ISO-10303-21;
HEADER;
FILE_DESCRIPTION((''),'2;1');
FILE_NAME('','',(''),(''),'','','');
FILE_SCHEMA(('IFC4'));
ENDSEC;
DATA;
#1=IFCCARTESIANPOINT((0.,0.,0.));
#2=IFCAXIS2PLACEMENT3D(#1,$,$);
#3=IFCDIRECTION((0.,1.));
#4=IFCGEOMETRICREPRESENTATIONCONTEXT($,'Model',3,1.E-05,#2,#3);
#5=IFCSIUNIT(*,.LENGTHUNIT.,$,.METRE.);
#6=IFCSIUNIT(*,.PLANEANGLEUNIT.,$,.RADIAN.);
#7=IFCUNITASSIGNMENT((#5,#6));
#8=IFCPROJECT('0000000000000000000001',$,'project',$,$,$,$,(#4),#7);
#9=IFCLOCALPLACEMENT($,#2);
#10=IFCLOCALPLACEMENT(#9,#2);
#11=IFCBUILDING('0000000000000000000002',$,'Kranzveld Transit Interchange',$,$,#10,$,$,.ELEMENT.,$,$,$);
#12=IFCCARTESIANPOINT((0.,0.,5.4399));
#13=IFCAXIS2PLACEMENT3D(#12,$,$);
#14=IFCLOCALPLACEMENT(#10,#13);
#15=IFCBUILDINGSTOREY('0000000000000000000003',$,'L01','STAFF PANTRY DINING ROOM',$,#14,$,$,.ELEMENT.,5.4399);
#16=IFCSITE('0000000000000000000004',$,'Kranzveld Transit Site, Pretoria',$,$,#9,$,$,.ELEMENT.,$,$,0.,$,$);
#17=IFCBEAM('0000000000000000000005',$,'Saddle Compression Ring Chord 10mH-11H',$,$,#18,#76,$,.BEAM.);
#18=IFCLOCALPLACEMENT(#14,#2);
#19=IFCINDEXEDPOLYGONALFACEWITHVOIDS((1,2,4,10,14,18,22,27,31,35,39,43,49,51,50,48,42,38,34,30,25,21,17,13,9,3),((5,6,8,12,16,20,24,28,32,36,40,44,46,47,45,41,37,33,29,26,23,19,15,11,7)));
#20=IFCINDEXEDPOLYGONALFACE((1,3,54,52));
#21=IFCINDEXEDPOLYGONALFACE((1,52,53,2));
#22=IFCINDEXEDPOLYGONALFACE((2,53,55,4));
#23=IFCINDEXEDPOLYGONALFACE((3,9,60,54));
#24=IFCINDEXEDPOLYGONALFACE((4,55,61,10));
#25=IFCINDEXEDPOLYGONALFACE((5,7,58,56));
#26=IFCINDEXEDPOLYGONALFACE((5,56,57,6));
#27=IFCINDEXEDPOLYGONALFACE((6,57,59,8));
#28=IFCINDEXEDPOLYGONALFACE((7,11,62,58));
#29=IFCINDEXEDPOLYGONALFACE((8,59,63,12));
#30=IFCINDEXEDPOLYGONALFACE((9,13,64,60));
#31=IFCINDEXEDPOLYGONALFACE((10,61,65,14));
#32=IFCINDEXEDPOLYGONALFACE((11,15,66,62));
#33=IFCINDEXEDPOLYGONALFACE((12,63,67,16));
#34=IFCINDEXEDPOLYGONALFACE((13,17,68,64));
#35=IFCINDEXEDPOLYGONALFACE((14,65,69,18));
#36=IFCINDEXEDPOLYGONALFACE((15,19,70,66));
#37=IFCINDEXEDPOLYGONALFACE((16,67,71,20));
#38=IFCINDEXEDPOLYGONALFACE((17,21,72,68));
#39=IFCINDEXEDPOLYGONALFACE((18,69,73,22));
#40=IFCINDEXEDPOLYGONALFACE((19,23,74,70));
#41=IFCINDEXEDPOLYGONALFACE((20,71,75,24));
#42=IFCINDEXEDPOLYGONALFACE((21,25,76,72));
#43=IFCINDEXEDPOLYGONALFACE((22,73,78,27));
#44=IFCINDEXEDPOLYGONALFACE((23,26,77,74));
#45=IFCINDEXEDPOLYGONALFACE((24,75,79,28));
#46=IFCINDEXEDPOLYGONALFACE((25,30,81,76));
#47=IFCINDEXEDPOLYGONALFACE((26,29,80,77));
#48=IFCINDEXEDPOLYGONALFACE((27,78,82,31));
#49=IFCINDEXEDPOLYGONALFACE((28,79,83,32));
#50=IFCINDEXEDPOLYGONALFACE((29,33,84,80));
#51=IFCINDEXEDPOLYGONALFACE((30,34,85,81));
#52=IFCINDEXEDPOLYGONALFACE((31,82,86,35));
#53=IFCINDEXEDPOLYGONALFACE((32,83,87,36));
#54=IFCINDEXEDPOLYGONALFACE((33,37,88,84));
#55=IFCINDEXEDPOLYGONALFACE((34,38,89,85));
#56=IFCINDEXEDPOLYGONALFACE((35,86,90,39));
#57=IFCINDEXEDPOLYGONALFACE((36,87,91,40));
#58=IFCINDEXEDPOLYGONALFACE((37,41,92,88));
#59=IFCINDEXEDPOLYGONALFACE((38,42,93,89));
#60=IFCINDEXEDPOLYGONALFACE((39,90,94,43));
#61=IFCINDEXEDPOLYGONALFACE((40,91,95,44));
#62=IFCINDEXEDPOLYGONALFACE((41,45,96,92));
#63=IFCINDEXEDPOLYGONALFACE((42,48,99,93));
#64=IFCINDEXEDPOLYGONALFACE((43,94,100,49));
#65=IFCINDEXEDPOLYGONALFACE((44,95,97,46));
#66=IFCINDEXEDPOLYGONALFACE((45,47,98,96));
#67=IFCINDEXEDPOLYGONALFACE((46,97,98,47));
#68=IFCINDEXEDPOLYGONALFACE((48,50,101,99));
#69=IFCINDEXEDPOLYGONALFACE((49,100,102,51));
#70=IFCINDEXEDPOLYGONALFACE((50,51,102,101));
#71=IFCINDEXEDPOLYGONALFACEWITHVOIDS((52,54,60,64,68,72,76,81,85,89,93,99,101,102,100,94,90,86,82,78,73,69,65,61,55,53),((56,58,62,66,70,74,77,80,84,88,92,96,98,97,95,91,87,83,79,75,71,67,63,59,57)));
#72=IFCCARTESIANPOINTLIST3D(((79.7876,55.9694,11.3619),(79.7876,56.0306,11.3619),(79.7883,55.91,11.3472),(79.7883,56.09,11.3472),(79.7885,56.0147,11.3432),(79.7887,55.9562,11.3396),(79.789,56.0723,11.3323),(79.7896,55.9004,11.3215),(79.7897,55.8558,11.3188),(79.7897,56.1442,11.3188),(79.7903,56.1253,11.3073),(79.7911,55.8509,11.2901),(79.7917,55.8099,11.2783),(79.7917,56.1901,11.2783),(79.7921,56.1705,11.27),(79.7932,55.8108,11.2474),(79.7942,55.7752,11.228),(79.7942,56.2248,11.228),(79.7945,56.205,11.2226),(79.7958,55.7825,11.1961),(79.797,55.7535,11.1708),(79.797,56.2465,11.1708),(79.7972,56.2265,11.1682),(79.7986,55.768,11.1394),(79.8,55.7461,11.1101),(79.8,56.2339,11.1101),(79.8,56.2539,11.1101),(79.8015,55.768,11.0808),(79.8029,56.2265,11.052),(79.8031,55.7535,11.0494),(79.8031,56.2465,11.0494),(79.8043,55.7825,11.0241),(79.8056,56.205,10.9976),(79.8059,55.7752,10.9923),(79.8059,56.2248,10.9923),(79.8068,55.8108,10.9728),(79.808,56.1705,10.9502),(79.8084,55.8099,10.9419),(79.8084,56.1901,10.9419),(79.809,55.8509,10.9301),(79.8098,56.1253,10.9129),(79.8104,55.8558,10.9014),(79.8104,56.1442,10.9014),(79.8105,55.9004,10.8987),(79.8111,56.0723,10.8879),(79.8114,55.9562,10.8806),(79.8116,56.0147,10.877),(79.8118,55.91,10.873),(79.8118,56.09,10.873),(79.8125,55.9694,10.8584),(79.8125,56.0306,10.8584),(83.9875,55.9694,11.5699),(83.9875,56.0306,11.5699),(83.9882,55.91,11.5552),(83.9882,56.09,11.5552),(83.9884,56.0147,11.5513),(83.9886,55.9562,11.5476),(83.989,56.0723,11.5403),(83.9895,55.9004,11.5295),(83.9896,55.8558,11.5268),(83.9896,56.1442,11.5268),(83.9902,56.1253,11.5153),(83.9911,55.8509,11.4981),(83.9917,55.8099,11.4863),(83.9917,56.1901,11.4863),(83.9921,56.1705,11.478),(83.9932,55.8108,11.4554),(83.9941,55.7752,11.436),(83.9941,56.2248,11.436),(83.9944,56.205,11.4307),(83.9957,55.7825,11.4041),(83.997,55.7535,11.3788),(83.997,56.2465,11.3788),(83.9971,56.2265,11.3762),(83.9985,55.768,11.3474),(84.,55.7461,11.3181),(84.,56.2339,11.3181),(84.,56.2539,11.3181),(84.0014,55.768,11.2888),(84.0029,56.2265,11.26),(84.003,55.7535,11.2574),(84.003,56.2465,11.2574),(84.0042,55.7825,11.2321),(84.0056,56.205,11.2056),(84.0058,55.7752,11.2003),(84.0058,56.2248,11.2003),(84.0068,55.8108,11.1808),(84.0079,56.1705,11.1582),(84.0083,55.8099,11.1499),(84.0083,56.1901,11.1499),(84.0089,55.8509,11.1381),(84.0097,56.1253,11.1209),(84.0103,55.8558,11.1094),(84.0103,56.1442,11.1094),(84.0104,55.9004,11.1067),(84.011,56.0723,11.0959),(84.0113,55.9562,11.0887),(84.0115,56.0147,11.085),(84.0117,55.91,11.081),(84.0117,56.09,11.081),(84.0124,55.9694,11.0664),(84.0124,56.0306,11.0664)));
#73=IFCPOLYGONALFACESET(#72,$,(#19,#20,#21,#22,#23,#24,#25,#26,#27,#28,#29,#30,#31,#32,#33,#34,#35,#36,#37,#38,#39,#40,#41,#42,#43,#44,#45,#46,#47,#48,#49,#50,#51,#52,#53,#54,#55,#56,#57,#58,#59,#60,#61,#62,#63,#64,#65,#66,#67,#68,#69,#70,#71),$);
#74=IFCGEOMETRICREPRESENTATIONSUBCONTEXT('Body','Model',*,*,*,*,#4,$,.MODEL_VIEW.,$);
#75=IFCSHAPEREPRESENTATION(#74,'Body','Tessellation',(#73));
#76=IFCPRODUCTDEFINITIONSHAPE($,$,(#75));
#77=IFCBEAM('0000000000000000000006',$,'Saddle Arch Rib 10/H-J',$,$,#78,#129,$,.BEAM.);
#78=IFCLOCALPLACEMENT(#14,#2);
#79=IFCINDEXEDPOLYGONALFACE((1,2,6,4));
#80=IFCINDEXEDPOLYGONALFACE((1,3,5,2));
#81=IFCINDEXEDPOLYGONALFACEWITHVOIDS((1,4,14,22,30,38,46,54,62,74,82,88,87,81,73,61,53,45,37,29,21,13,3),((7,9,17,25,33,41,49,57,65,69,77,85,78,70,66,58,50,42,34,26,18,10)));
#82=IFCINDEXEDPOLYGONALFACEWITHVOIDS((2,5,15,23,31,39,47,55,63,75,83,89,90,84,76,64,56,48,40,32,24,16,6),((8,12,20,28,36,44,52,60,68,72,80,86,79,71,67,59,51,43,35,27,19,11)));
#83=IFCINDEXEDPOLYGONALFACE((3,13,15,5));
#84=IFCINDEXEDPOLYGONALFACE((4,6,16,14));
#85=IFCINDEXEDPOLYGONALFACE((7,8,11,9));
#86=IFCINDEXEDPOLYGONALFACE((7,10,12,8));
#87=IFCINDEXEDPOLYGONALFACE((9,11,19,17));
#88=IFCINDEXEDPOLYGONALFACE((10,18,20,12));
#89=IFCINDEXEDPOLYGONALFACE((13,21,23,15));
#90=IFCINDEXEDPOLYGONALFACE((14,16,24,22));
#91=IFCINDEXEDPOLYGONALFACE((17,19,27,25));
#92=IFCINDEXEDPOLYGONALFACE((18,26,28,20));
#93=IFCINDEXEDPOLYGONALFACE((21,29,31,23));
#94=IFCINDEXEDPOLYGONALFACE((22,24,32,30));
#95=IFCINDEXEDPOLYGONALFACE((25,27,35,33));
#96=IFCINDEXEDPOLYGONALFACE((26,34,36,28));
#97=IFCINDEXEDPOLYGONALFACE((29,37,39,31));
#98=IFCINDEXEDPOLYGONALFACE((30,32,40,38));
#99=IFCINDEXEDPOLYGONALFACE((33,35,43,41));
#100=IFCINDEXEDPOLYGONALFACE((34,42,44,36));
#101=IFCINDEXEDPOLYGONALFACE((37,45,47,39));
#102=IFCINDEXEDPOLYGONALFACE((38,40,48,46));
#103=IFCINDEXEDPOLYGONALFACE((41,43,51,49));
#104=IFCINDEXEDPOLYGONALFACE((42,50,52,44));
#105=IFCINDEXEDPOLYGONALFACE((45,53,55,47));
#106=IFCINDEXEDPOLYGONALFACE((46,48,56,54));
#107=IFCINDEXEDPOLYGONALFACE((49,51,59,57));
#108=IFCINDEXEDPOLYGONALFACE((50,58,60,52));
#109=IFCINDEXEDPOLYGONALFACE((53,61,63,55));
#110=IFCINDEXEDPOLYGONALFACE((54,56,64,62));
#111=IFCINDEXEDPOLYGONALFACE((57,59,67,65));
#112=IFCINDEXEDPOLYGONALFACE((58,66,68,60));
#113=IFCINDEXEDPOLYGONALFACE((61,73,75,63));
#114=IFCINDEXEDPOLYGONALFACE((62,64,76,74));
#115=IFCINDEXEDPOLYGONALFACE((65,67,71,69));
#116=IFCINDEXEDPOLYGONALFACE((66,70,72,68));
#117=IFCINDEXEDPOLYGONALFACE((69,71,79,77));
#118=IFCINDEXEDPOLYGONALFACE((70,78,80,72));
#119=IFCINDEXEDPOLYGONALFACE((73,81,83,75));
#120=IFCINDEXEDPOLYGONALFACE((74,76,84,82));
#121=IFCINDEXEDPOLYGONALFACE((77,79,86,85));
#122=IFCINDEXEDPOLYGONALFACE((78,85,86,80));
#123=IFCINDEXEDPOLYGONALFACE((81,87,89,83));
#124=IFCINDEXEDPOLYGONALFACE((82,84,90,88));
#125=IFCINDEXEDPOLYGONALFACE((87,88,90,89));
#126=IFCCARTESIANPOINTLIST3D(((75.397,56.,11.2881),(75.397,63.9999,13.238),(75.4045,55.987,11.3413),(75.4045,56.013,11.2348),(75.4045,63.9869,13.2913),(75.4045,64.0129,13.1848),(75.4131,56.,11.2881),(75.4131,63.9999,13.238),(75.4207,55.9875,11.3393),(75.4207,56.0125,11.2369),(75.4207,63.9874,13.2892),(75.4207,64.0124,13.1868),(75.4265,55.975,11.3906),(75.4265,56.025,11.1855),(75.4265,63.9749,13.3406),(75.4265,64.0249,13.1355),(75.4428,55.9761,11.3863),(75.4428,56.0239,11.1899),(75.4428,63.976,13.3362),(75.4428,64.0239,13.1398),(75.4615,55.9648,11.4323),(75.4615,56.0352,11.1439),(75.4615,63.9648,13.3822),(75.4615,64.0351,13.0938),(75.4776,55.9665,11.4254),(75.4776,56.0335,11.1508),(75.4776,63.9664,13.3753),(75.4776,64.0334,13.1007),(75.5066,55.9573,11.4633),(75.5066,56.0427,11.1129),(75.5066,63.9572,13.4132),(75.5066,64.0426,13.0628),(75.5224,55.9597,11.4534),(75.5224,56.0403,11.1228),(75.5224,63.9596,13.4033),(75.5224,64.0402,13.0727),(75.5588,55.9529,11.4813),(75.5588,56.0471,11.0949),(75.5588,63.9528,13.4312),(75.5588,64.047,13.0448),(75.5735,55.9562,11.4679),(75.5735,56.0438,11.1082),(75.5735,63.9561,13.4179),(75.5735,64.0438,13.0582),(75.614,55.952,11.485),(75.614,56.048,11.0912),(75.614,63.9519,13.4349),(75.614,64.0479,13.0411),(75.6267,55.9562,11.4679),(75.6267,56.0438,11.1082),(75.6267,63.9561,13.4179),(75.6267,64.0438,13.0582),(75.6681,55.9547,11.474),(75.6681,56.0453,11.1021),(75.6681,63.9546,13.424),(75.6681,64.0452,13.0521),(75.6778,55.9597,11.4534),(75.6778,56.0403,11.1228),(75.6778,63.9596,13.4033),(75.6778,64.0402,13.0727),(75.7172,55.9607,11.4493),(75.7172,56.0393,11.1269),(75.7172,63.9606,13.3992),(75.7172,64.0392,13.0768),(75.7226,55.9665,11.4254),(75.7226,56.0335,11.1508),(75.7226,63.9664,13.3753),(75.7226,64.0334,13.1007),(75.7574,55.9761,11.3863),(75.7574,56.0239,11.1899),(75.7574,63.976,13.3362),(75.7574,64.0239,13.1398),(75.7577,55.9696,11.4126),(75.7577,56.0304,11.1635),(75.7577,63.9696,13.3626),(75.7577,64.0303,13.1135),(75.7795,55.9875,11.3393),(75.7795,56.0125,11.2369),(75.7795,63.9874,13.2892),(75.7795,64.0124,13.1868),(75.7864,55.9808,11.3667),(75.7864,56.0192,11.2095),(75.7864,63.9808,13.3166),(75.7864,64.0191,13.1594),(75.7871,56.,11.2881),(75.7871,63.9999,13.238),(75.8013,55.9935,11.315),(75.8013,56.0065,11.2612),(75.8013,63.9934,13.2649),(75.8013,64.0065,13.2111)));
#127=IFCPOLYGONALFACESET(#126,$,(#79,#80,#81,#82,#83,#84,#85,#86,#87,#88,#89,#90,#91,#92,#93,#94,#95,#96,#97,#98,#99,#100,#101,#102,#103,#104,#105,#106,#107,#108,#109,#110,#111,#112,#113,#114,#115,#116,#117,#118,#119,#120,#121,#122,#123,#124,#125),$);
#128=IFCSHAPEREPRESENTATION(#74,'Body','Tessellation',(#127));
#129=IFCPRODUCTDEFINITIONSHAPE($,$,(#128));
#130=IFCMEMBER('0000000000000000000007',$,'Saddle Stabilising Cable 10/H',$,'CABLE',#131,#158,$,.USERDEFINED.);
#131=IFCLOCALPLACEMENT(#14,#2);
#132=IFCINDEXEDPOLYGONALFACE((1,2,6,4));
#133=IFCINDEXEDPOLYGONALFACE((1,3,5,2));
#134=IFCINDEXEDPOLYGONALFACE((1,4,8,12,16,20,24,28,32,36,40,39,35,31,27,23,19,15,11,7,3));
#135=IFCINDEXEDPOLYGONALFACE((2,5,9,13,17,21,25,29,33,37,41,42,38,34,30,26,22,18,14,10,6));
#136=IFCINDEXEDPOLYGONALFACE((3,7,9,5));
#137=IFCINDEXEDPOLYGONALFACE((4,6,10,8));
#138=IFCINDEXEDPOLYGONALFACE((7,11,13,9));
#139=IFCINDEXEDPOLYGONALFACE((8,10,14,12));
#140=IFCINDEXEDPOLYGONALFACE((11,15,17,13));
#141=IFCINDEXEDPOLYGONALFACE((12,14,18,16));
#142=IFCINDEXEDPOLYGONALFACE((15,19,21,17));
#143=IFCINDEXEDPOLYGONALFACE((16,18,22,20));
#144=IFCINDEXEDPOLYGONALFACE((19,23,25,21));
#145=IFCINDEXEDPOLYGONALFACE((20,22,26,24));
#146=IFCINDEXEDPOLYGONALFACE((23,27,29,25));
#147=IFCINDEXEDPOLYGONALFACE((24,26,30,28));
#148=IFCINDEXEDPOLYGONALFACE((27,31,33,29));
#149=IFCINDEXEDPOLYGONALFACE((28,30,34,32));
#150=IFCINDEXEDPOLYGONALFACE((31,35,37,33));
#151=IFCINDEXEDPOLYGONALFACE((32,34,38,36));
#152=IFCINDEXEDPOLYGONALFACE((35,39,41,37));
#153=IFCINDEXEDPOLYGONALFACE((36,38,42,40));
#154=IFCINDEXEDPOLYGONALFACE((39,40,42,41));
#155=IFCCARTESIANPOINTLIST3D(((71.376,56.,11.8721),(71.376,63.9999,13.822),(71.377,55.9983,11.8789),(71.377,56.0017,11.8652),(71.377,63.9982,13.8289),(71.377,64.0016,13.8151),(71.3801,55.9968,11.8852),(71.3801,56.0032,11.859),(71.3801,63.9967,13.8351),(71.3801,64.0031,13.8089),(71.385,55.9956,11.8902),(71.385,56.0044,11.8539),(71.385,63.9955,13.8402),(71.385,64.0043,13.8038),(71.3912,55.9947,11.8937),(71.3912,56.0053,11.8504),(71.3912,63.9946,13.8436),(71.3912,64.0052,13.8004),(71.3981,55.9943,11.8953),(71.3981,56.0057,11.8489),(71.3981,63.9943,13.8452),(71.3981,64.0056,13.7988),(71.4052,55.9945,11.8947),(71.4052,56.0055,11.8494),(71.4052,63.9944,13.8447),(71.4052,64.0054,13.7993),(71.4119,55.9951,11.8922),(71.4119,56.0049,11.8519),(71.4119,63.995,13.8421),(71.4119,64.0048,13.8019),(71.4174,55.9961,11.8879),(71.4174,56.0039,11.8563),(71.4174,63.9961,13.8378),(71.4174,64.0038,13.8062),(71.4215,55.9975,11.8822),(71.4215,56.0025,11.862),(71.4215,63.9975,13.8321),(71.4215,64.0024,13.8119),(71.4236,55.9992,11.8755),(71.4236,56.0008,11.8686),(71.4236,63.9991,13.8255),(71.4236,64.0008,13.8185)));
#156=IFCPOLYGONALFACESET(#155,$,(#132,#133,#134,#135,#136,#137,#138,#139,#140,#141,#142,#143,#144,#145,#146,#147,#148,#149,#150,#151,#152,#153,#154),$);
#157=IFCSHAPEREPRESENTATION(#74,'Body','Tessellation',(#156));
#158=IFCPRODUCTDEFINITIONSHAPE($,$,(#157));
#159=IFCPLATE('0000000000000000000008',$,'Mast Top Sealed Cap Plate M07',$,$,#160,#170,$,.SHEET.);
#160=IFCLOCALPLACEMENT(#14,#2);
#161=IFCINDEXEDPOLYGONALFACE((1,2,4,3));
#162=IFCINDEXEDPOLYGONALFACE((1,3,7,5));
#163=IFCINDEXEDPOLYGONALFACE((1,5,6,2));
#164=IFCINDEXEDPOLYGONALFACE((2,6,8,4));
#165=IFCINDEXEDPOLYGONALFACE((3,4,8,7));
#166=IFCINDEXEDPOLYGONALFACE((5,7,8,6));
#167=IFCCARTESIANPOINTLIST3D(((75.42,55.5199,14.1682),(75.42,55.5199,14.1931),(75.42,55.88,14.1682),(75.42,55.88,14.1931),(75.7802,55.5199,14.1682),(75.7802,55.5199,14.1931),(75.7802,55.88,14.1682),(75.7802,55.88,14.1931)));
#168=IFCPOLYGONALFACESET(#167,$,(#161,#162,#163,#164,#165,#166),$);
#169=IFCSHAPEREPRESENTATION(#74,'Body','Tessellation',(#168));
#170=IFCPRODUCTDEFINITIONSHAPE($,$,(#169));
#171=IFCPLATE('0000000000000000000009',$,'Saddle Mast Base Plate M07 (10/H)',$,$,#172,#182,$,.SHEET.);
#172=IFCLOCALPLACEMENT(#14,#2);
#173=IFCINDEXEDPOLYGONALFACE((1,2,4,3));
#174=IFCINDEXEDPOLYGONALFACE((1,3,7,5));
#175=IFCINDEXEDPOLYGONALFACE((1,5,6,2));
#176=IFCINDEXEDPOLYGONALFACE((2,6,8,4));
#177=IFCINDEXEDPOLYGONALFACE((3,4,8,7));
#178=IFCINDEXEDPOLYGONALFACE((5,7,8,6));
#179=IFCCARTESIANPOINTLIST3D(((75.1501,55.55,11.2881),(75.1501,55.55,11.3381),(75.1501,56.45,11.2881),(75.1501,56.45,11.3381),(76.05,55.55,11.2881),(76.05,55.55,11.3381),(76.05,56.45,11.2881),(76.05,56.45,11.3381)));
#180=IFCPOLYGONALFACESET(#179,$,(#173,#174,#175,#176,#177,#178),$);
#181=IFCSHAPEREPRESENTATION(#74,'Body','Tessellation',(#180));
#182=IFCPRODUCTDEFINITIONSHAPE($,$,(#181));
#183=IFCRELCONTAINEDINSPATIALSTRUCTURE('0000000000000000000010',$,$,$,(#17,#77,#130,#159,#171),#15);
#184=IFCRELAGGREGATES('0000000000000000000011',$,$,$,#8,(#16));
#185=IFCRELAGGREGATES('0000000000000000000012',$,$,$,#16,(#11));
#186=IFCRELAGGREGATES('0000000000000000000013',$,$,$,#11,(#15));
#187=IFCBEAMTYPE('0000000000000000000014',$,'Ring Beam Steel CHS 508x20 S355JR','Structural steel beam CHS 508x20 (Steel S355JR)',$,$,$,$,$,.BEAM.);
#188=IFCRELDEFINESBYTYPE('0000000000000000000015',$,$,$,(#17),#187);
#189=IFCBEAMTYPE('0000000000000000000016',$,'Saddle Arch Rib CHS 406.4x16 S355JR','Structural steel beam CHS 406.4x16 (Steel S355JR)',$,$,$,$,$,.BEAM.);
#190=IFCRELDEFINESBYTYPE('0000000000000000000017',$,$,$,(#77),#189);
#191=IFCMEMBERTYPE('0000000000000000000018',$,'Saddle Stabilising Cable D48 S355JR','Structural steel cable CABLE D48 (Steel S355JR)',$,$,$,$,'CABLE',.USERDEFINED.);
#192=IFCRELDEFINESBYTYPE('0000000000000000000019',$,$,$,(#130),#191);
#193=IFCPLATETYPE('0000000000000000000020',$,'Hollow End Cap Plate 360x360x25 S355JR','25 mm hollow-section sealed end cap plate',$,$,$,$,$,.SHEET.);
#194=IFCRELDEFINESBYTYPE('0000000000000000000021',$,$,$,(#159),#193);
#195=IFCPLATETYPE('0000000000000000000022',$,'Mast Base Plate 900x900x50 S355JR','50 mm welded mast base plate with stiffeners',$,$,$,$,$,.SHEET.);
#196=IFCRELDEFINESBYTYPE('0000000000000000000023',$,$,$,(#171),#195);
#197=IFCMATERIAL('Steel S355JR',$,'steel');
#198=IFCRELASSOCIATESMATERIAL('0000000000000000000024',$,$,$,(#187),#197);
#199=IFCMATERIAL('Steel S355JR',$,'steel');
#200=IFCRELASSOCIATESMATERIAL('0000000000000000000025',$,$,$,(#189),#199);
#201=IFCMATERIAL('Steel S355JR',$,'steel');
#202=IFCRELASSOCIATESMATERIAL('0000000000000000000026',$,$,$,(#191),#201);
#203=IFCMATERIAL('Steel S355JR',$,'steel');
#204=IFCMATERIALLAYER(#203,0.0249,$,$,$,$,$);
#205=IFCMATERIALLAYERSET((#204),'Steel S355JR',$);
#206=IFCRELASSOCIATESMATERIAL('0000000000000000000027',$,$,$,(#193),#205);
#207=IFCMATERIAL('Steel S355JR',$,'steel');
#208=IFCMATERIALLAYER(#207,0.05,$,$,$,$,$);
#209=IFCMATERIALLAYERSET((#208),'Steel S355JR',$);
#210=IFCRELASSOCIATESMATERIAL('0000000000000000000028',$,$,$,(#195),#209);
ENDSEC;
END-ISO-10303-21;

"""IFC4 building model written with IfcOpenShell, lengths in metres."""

from ifc_helpers import new_model, si_unit, direction, frame, origin, origin_2d, place, context, subcontext, project, spatial, rectangle, circle, hollow_circle, extrude, material, layer, layer_set, material_profile, profile_set, type_object, element, save


model = new_model("IFC4")

# Units and contexts
model_context = context("Model", 3, precision=1e-05, world=origin(), true_north=direction((0.0, 1.0)))
body_context = subcontext(model_context, "Body", "Model", "MODEL_VIEW")
ifc_project = project(units=[si_unit("LENGTHUNIT", "METRE"), si_unit("PLANEANGLEUNIT", "RADIAN")], contexts=[model_context])

# Site, building, storey
site_placement = place(None, origin())
site = spatial("IfcSite", under=ifc_project, at=site_placement, Name="Kranzveld Transit Site, Pretoria", CompositionType="ELEMENT", RefElevation=0.0)
building_placement = place(site_placement, origin())
building = spatial("IfcBuilding", under=site, at=building_placement, Name="Kranzveld Transit Interchange", CompositionType="ELEMENT")
storey_placement = place(building_placement, frame((0.0, 0.0, 5.4399)))
storey = spatial("IfcBuildingStorey", under=building, at=storey_placement, Name="L01", Description="STAFF PANTRY DINING ROOM", CompositionType="ELEMENT", Elevation=5.4399)

# Beams
ifc_material_1 = material(Name="Steel S355JR", Category="steel")
ifc_material_profile_1 = material_profile(ifc_material_1, hollow_circle(Radius=0.2539, WallThickness=0.02, at=origin_2d()), Name="CHS 508x20")
ifc_profile_set_1 = profile_set([ifc_material_profile_1], Name="Steel S355JR")
beam_type_1 = type_object("IfcBeamType", Name="Ring Beam Steel CHS 508x20 S355JR", Description="Structural steel beam CHS 508x20 (Steel S355JR)", PredefinedType="BEAM", material=ifc_profile_set_1)
for number, where, z_axis, x_axis, name in (
    (1, (79.8, 56.0, 11.1101), (0.998776, 0.0, 0.049466), (0.0, 1.0, 0.0), "Saddle Compression Ring Chord 10mH-11H"),
):
    element("IfcBeam", number, at=place(storey_placement, frame(where, z_axis=z_axis, x_axis=x_axis)), inside=storey, type_object=beam_type_1, Name=name, PredefinedType="BEAM", context=body_context, shape_type="SweptSolid", body=[
        extrude(hollow_circle(Radius=0.2539, WallThickness=0.02, at=origin_2d()), origin(), (0.0, 0.0, 1.0), 4.2051),
    ])
ifc_material_2 = material(Name="Steel S355JR", Category="steel")
ifc_material_profile_2 = material_profile(ifc_material_2, hollow_circle(Radius=0.2031, WallThickness=0.0161, at=origin_2d()), Name="CHS 406.4x16")
ifc_profile_set_2 = profile_set([ifc_material_profile_2], Name="Steel S355JR")
beam_type_2 = type_object("IfcBeamType", Name="Saddle Arch Rib CHS 406.4x16 S355JR", Description="Structural steel beam CHS 406.4x16 (Steel S355JR)", PredefinedType="BEAM", material=ifc_profile_set_2)
beam_1_placement = place(storey_placement, frame((75.6001, 56.0, 11.2881), z_axis=(0.0, 0.971556, 0.236811), x_axis=(-1.0, 0.0, 0.0)))
element("IfcBeam", 2, at=beam_1_placement, inside=storey, type_object=beam_type_2, Name="Saddle Arch Rib 10/H-J", PredefinedType="BEAM", context=body_context, shape_type="SweptSolid", body=[
    extrude(hollow_circle(Radius=0.2031, WallThickness=0.0161, at=origin_2d()), origin(), (0.0, 0.0, 1.0), 8.2341),
])

# Member
ifc_material_3 = material(Name="Steel S355JR", Category="steel")
ifc_material_profile_3 = material_profile(ifc_material_3, circle(Radius=0.0239, at=origin_2d()), Name="CABLE D48")
ifc_profile_set_3 = profile_set([ifc_material_profile_3], Name="Steel S355JR")
member_type = type_object("IfcMemberType", Name="Saddle Stabilising Cable D48 S355JR", Description="Structural steel cable CABLE D48 (Steel S355JR)", ElementType="CABLE", PredefinedType="USERDEFINED", material=ifc_profile_set_3)
member_placement = place(storey_placement, frame((71.3999, 56.0, 11.8721), z_axis=(0.0, 0.971556, 0.236811), x_axis=(-1.0, 0.0, 0.0)))
element("IfcMember", 3, at=member_placement, inside=storey, type_object=member_type, Name="Saddle Stabilising Cable 10/H", ObjectType="CABLE", PredefinedType="USERDEFINED", context=body_context, shape_type="SweptSolid", body=[
    extrude(circle(Radius=0.0239, at=origin_2d()), origin(), (0.0, 0.0, 1.0), 8.2341),
])

# Plates
ifc_material_4 = material(Name="Steel S355JR", Category="steel")
ifc_layer_1 = layer(ifc_material_4, 0.0249)
ifc_layer_set_1 = layer_set([ifc_layer_1], Name="Steel S355JR")
plate_type_1 = type_object("IfcPlateType", Name="Hollow End Cap Plate 360x360x25 S355JR", Description="25 mm hollow-section sealed end cap plate", PredefinedType="SHEET", material=ifc_layer_set_1)
plate_1_placement = place(storey_placement, frame((75.6001, 55.7, 14.1682), z_axis=(0.0, 0.0, 1.0), x_axis=(1.0, 0.0, 0.0)))
element("IfcPlate", 4, at=plate_1_placement, inside=storey, type_object=plate_type_1, Name="Mast Top Sealed Cap Plate M07", PredefinedType="SHEET", context=body_context, shape_type="SweptSolid", body=[
    extrude(rectangle(XDim=0.3601, YDim=0.3601, at=origin_2d()), origin(), (0.0, 0.0, 1.0), 0.0249),
])
ifc_material_5 = material(Name="Steel S355JR", Category="steel")
ifc_layer_2 = layer(ifc_material_5, 0.05)
ifc_layer_set_2 = layer_set([ifc_layer_2], Name="Steel S355JR")
plate_type_2 = type_object("IfcPlateType", Name="Mast Base Plate 900x900x50 S355JR", Description="50 mm welded mast base plate with stiffeners", PredefinedType="SHEET", material=ifc_layer_set_2)
plate_2_placement = place(storey_placement, frame((75.6001, 56.0, 11.2881), z_axis=(0.0, 0.0, 1.0), x_axis=(1.0, 0.0, 0.0)))
element("IfcPlate", 5, at=plate_2_placement, inside=storey, type_object=plate_type_2, Name="Saddle Mast Base Plate M07 (10/H)", PredefinedType="SHEET", context=body_context, shape_type="SweptSolid", body=[
    extrude(rectangle(XDim=0.8999, YDim=0.8999, at=origin_2d()), origin(), (0.0, 0.0, 1.0), 0.05),
])

save(model, "model.ifc")
